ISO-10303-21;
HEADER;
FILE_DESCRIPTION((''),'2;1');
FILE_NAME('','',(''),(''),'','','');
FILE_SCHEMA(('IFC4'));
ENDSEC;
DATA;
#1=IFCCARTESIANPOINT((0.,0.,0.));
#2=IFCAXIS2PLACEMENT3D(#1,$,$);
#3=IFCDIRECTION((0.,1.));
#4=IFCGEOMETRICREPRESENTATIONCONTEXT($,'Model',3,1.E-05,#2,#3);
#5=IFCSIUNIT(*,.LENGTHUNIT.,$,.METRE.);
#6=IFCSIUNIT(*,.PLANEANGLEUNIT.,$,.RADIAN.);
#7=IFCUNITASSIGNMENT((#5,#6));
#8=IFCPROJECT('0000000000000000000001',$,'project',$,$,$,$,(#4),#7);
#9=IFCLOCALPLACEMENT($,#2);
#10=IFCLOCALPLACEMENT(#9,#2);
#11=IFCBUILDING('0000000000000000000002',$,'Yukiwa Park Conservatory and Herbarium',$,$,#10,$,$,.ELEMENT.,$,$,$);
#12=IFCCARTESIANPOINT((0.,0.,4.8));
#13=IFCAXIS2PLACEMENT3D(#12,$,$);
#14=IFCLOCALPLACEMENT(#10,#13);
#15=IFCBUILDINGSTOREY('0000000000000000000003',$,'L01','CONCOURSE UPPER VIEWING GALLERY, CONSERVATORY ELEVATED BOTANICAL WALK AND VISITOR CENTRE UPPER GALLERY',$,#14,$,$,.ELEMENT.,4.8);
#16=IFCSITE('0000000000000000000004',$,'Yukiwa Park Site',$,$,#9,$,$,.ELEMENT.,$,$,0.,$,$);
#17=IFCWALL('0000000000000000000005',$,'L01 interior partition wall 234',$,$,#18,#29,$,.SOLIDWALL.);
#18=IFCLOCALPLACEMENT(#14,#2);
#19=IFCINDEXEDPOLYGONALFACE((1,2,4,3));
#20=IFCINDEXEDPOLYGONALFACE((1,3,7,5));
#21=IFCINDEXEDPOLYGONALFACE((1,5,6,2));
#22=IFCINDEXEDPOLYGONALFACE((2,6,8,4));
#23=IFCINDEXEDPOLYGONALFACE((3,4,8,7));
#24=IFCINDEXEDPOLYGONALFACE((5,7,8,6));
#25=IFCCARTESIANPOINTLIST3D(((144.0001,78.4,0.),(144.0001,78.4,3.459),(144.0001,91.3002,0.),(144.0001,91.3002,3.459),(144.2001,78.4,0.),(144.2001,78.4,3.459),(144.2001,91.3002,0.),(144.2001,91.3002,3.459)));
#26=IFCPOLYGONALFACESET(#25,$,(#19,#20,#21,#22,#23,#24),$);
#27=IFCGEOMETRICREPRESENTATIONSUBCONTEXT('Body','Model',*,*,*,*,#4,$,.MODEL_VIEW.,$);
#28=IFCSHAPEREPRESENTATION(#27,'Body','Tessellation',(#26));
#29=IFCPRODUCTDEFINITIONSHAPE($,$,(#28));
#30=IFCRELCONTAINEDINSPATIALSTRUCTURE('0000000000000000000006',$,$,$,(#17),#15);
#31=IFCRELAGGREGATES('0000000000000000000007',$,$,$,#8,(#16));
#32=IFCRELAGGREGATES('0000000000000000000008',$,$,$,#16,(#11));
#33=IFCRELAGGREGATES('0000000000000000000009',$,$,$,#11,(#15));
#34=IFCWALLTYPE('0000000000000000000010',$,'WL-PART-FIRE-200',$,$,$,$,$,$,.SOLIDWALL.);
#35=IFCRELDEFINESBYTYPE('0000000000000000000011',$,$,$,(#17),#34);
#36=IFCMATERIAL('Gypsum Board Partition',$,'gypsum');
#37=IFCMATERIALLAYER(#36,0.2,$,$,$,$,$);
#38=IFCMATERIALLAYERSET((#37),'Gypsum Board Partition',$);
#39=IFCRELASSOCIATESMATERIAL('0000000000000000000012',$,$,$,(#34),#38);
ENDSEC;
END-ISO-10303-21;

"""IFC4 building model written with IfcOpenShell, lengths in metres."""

from ifc_helpers import new_model, si_unit, direction, frame, frame_2d, origin, place, context, subcontext, project, spatial, rectangle, extrude, material, layer, layer_set, type_object, element, save


model = new_model("IFC4")

# Units and contexts
model_context = context("Model", 3, precision=1e-05, world=origin(), true_north=direction((0.0, 1.0)))
body_context = subcontext(model_context, "Body", "Model", "MODEL_VIEW")
ifc_project = project(units=[si_unit("LENGTHUNIT", "METRE"), si_unit("PLANEANGLEUNIT", "RADIAN")], contexts=[model_context])

# Site, building, storey
site_placement = place(None, origin())
site = spatial("IfcSite", under=ifc_project, at=site_placement, Name="Yukiwa Park Site", CompositionType="ELEMENT", RefElevation=0.0)
building_placement = place(site_placement, origin())
building = spatial("IfcBuilding", under=site, at=building_placement, Name="Yukiwa Park Conservatory and Herbarium", CompositionType="ELEMENT")
storey_placement = place(building_placement, frame((0.0, 0.0, 4.8)))
storey = spatial("IfcBuildingStorey", under=building, at=storey_placement, Name="L01", Description="CONCOURSE UPPER VIEWING GALLERY, CONSERVATORY ELEVATED BOTANICAL WALK AND VISITOR CENTRE UPPER GALLERY", CompositionType="ELEMENT", Elevation=4.8)

# Shared definitions
ifc_material_1 = material(Name="Gypsum Board Partition", Category="gypsum")
ifc_layer_1 = layer(ifc_material_1, 0.2)
ifc_layer_set_1 = layer_set([ifc_layer_1], Name="Gypsum Board Partition")
wall_type_1 = type_object("IfcWallType", Name="WL-PART-FIRE-200", PredefinedType="SOLIDWALL", material=ifc_layer_set_1)

# Wall
wall_1_placement = place(storey_placement, frame((144.1001, 78.3999, 0.0), z_axis=(0.0, 0.0, 1.0), x_axis=(0.0, 1.0, 0.0)))
element("IfcWall", 1, at=wall_1_placement, inside=storey, type_object=wall_type_1, Name="L01 interior partition wall 234", PredefinedType="SOLIDWALL", context=body_context, shape_type="SweptSolid", body=[
    extrude(rectangle(XDim=12.9001, YDim=0.2, at=frame_2d((6.4502, 0.0))), origin(), (0.0, 0.0, 1.0), 3.459),
])

save(model, "model.ifc")
